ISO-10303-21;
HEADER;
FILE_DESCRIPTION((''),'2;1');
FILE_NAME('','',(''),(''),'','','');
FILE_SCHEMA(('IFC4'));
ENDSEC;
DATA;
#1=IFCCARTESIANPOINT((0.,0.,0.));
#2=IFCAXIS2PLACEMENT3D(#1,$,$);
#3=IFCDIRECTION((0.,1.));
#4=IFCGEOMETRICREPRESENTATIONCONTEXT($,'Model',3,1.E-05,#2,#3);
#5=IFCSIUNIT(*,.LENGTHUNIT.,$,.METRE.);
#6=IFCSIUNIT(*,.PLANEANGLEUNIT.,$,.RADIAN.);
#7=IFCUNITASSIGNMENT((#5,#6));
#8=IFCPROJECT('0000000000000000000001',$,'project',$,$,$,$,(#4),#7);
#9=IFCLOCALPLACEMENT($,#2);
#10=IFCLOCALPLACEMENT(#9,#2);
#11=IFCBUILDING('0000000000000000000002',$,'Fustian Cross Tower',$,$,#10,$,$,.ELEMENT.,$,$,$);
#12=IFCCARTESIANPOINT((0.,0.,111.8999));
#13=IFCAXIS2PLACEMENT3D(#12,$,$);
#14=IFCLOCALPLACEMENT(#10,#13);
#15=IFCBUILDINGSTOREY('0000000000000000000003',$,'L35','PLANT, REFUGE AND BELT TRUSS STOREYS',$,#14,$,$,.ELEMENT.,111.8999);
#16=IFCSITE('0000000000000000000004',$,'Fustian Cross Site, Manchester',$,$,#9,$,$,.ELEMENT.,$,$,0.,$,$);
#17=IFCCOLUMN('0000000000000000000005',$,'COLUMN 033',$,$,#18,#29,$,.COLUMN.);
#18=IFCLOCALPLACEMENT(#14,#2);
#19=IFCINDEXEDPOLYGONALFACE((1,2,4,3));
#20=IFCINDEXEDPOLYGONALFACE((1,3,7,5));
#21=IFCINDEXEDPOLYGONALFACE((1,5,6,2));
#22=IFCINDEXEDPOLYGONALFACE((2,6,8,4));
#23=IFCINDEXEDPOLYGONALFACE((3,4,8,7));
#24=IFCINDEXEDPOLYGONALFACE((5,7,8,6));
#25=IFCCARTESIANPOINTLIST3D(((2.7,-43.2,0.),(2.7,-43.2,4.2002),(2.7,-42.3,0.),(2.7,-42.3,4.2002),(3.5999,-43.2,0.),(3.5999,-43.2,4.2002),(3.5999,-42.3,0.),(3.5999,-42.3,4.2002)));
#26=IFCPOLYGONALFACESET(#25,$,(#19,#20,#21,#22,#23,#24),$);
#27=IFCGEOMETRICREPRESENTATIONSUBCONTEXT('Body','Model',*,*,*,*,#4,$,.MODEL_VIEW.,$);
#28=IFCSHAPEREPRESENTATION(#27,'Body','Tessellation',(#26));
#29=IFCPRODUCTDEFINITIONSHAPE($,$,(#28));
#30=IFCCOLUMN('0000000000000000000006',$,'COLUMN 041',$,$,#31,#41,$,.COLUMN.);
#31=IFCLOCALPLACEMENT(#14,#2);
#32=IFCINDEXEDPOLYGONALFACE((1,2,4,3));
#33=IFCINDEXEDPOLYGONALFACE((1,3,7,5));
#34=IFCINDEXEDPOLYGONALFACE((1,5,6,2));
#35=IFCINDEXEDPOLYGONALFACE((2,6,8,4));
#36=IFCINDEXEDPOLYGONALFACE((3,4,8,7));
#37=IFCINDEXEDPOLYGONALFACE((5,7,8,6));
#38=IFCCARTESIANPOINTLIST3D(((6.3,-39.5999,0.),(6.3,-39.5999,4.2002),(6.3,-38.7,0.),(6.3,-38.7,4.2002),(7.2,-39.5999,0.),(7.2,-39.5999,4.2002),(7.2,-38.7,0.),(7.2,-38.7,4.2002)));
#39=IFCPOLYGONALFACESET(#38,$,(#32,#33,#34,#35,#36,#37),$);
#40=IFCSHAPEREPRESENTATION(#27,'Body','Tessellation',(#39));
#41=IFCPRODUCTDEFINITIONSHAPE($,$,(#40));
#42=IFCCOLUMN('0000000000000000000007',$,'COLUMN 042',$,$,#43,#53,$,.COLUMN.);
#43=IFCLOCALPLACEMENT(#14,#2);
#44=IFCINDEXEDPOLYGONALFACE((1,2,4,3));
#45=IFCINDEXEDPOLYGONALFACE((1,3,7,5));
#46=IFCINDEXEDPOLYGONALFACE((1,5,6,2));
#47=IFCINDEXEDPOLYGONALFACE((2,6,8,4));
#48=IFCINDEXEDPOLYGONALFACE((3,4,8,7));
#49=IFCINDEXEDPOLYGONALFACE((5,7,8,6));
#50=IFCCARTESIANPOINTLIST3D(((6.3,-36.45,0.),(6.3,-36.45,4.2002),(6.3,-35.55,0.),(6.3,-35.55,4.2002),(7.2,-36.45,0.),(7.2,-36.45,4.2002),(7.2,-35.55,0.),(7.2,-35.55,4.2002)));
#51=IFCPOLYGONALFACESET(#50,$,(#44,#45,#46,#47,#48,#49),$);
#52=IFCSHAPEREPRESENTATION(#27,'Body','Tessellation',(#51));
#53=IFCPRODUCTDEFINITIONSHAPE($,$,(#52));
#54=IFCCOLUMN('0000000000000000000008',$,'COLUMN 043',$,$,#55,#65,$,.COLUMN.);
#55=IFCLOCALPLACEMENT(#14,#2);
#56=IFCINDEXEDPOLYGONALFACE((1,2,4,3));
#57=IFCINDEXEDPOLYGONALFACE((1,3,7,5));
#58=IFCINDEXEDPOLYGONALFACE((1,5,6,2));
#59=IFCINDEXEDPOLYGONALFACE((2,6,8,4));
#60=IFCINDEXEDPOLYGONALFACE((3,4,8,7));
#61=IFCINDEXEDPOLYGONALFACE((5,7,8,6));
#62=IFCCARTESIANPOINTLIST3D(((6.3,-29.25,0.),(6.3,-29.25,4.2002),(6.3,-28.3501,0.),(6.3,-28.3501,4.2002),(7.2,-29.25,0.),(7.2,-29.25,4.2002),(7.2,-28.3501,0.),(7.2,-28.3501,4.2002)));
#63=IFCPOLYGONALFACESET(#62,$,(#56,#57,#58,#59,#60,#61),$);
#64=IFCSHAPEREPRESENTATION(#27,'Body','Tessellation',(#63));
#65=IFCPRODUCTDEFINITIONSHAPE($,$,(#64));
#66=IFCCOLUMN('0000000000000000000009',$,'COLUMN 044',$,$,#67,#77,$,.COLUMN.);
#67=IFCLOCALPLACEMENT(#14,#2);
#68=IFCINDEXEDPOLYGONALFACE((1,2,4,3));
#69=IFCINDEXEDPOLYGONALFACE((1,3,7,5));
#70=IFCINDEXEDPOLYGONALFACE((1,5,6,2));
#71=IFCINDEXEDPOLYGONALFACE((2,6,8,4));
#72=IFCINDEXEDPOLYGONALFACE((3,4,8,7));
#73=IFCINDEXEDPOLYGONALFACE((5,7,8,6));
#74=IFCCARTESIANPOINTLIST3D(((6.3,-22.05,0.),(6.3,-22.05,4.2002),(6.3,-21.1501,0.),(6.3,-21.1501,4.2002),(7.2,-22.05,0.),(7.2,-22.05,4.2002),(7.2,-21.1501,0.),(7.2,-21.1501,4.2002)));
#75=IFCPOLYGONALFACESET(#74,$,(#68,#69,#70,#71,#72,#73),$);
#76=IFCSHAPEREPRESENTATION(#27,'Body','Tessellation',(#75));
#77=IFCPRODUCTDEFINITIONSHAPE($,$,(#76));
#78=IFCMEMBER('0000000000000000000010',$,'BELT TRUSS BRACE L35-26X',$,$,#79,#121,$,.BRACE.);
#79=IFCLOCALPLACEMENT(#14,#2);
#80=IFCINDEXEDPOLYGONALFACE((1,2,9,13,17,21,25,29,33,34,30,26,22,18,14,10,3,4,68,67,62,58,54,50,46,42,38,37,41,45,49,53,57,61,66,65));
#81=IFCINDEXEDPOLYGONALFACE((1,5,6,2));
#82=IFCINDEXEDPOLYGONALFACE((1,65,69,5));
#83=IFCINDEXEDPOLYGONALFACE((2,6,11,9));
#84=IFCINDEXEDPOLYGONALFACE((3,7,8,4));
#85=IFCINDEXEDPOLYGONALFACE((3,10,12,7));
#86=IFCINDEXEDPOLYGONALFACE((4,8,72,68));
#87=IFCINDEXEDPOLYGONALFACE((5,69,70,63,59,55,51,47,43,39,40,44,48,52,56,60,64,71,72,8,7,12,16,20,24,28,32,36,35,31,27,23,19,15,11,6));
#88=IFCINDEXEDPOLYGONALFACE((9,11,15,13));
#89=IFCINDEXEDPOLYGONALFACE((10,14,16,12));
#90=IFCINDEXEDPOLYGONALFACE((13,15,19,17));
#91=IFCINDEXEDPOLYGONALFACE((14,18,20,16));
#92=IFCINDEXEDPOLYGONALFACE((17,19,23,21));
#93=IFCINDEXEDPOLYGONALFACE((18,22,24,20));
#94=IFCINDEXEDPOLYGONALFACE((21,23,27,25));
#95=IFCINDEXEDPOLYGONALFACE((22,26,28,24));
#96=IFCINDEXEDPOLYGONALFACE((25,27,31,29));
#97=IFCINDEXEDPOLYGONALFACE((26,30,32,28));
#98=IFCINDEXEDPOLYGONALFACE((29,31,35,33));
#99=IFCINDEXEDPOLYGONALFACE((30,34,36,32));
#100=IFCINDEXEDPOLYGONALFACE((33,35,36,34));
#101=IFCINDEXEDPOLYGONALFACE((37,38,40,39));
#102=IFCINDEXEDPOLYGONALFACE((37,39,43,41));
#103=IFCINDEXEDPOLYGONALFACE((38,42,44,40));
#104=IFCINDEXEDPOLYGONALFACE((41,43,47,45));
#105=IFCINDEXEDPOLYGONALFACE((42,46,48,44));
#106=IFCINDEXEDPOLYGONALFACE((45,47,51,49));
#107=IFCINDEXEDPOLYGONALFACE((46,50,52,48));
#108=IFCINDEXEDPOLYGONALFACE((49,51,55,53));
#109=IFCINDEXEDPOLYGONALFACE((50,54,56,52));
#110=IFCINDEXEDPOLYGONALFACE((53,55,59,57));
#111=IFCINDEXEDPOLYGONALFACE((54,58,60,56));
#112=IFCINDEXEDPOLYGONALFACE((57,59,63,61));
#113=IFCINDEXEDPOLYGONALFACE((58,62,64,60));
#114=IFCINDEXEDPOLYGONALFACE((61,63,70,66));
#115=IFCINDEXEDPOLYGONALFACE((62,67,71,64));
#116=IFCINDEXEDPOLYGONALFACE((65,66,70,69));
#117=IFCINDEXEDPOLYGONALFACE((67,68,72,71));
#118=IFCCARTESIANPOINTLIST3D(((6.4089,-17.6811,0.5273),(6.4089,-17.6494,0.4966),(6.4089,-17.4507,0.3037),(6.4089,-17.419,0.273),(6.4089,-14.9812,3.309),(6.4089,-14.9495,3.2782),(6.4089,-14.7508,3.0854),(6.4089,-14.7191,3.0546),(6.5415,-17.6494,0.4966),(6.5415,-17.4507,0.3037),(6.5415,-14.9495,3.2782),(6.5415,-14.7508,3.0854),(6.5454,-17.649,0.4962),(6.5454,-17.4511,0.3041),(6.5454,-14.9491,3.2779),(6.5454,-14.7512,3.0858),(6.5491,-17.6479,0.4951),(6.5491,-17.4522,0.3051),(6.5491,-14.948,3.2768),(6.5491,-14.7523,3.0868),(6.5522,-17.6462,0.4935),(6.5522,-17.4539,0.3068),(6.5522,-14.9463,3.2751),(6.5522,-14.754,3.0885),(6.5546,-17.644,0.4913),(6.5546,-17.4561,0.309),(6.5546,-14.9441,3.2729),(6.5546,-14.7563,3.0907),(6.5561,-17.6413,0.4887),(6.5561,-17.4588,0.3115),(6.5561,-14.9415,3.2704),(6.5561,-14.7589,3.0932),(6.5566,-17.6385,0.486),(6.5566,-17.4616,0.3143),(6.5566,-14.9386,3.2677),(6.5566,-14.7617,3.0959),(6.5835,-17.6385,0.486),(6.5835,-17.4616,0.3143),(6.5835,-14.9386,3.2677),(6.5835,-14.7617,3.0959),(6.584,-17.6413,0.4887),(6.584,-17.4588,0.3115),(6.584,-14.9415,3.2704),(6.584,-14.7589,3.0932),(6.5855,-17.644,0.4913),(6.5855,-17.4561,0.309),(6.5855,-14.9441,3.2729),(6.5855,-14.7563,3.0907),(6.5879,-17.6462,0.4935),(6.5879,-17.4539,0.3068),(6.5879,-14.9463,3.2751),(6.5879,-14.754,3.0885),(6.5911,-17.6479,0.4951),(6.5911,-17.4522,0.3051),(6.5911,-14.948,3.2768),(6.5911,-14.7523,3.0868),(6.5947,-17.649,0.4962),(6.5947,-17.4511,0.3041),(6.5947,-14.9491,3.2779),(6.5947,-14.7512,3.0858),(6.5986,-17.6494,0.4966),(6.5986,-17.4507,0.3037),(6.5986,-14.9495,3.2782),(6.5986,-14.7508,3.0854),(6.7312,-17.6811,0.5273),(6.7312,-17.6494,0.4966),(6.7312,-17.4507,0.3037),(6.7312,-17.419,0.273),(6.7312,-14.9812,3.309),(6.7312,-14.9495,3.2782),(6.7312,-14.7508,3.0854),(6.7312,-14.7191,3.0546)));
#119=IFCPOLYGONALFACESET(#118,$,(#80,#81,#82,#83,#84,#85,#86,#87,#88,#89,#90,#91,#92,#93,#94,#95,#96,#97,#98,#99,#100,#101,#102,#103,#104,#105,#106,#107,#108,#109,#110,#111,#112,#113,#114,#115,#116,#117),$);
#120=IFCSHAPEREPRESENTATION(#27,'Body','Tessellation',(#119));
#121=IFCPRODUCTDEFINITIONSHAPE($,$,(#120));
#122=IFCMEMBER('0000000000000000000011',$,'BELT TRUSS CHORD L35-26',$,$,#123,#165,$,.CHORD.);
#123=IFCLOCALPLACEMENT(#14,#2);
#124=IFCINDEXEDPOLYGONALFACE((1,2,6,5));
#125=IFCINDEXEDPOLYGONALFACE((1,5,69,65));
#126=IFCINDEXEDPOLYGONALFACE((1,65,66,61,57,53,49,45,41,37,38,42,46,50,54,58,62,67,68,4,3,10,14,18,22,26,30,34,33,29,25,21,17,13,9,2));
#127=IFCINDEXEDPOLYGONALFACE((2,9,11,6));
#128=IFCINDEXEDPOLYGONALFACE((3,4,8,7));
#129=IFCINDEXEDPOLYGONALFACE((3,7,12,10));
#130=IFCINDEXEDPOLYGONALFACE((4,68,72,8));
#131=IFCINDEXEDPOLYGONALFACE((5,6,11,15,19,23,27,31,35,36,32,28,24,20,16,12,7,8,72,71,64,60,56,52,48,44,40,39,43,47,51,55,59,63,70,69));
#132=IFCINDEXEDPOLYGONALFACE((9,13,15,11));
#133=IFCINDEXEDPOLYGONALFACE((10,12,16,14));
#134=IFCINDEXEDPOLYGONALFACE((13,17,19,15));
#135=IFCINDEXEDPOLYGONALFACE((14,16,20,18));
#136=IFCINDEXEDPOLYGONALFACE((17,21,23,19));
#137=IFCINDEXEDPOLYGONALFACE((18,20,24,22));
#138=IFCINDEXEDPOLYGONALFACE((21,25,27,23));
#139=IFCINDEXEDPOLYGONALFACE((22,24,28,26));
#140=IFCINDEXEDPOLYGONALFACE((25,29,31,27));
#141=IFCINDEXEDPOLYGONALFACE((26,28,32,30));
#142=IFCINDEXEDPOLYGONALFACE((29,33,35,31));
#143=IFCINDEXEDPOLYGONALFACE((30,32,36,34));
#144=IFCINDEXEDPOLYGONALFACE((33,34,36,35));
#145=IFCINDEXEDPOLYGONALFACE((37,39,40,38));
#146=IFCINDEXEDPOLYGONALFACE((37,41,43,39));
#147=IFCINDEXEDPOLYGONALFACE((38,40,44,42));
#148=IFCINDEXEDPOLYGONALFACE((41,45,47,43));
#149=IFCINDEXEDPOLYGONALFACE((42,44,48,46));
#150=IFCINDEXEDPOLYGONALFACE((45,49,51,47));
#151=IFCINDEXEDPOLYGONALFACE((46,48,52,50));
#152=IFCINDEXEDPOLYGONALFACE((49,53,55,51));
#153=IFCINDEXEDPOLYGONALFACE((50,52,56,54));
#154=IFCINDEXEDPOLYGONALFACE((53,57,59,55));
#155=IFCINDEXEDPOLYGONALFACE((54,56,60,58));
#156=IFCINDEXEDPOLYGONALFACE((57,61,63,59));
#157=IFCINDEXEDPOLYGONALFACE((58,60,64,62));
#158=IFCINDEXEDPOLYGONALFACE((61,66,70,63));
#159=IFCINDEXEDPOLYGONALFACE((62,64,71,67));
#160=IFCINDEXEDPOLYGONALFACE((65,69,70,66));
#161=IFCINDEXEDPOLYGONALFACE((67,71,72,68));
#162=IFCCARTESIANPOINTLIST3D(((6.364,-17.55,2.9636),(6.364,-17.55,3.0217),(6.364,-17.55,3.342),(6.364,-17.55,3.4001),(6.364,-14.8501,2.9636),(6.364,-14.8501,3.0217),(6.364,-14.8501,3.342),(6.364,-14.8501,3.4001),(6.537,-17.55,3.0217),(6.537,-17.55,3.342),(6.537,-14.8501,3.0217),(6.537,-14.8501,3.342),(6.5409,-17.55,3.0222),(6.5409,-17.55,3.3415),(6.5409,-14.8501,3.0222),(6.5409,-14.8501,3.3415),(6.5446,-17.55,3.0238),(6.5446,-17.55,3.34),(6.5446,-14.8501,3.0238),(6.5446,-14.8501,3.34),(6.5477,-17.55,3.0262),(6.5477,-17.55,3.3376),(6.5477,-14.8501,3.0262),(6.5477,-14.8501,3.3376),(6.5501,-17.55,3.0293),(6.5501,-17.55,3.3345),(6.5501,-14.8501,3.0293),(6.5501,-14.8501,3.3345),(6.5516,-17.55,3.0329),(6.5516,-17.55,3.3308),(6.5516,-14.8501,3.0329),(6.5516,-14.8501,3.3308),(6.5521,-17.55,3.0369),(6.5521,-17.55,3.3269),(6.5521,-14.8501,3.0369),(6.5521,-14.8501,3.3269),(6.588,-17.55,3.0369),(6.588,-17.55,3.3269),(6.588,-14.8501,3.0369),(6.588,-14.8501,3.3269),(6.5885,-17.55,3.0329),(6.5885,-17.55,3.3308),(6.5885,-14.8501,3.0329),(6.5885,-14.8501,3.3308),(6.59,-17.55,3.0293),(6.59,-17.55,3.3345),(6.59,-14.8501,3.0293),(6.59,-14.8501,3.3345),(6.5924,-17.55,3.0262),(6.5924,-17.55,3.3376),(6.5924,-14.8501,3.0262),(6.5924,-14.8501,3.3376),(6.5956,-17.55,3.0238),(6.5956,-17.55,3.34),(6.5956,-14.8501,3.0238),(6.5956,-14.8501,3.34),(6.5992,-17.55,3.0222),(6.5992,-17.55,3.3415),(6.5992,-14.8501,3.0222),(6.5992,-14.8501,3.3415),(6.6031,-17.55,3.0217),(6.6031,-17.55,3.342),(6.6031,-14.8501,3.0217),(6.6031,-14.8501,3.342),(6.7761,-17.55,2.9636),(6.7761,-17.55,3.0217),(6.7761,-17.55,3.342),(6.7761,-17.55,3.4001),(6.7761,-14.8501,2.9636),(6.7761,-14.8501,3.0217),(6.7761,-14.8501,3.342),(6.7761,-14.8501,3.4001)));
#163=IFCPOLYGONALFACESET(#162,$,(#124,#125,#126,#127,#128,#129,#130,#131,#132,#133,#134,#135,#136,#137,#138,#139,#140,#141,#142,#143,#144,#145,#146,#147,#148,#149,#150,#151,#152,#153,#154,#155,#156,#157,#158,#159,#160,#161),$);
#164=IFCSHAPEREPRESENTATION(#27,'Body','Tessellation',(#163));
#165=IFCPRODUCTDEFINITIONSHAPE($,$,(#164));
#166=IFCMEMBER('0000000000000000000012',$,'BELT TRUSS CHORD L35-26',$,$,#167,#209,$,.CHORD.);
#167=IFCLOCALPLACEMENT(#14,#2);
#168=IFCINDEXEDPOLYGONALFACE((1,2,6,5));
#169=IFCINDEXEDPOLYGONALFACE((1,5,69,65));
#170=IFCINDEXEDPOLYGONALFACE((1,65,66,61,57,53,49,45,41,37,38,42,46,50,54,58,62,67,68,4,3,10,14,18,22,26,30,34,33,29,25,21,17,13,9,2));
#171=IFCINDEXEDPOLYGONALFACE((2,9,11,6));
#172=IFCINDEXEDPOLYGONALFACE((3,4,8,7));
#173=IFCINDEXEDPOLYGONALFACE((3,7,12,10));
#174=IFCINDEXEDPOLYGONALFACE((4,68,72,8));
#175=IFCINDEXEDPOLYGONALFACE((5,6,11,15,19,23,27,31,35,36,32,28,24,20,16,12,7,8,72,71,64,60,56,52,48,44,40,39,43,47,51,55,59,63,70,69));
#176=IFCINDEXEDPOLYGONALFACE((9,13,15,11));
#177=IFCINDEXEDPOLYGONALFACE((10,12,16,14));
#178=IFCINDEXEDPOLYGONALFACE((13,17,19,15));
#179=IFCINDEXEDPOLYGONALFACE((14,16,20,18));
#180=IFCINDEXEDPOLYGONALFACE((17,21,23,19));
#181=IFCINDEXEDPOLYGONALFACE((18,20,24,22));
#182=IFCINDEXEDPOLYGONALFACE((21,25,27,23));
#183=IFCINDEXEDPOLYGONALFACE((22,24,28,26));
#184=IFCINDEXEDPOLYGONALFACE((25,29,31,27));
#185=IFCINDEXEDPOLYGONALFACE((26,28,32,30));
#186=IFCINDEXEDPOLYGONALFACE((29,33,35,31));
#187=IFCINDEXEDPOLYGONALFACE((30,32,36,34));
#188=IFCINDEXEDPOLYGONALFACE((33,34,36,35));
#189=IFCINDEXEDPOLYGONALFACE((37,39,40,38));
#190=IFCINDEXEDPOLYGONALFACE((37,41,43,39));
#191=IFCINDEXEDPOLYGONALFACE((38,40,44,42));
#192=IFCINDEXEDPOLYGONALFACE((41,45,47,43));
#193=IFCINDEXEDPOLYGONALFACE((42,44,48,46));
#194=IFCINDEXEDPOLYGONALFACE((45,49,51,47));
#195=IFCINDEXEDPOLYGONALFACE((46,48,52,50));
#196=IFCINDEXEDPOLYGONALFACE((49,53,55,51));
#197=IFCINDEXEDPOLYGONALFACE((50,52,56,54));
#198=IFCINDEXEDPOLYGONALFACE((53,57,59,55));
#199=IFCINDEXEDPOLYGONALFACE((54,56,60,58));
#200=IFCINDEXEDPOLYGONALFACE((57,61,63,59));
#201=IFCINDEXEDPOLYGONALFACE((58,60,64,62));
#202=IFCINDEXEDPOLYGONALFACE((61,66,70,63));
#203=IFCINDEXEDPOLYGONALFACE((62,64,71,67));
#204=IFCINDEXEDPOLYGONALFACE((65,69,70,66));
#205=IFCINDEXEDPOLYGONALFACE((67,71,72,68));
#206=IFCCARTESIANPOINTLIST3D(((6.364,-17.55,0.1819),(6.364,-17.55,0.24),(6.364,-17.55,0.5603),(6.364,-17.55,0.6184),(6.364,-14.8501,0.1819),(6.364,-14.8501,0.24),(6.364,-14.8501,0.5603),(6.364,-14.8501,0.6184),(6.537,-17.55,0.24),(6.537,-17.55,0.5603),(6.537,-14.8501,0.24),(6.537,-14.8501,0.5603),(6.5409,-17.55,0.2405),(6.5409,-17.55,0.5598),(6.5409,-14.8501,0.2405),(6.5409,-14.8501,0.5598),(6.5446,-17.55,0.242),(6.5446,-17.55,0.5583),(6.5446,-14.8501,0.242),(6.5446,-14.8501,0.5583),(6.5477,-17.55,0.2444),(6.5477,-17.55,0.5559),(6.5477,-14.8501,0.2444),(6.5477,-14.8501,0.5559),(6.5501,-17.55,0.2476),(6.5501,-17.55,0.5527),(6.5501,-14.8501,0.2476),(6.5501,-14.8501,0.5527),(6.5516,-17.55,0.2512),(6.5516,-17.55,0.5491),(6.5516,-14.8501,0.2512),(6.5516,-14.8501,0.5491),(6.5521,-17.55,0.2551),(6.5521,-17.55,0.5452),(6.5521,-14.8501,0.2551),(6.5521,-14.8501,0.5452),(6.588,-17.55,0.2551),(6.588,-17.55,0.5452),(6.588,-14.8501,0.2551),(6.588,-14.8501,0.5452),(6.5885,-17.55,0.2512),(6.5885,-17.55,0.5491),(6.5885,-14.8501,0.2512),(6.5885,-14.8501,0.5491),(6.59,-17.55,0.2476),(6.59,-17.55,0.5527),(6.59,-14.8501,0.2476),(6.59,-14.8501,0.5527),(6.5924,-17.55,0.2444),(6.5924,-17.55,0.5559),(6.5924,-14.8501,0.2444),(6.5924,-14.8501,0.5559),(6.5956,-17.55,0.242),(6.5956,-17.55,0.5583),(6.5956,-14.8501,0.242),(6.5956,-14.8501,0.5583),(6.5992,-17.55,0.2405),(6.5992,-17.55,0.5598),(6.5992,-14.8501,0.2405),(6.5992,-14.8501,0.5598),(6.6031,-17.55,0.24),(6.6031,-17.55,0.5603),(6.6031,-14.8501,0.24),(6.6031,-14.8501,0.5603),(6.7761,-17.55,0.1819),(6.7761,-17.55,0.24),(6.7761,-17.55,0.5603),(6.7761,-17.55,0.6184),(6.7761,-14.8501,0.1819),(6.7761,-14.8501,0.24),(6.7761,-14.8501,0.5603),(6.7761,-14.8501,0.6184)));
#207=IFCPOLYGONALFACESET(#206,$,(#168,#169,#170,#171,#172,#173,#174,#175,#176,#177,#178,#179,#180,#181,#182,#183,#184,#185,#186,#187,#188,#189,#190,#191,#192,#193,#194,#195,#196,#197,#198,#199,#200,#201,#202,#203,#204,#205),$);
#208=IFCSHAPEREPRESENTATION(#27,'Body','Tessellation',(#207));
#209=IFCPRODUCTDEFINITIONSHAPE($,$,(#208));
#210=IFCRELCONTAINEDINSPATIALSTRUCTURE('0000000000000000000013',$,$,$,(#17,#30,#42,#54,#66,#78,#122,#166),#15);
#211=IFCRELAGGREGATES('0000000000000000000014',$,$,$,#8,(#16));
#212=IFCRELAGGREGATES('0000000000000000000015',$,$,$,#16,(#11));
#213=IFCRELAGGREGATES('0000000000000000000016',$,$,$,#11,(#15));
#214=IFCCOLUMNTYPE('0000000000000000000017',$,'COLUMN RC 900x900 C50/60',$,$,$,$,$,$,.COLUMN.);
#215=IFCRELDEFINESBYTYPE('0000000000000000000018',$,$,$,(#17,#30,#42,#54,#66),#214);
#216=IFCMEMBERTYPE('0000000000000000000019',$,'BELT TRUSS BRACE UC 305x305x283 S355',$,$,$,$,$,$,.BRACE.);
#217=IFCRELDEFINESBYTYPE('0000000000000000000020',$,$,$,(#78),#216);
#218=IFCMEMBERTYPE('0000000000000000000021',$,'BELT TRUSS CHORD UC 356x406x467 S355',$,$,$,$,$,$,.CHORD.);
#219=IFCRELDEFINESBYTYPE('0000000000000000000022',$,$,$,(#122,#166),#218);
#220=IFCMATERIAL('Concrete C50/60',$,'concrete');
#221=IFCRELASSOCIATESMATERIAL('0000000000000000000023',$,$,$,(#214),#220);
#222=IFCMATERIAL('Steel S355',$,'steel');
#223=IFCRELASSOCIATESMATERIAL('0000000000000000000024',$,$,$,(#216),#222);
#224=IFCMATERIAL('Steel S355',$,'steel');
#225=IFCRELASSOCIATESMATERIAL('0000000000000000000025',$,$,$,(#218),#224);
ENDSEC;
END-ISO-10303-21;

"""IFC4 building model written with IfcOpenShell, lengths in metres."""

from ifc_helpers import new_model, si_unit, direction, frame, origin, origin_2d, place, context, subcontext, project, spatial, rectangle, i_section, extrude, material, material_profile, profile_set, type_object, element, save


model = new_model("IFC4")

# Units and contexts
model_context = context("Model", 3, precision=1e-05, world=origin(), true_north=direction((0.0, 1.0)))
body_context = subcontext(model_context, "Body", "Model", "MODEL_VIEW")
ifc_project = project(units=[si_unit("LENGTHUNIT", "METRE"), si_unit("PLANEANGLEUNIT", "RADIAN")], contexts=[model_context])

# Site, building, storey
site_placement = place(None, origin())
site = spatial("IfcSite", under=ifc_project, at=site_placement, Name="Fustian Cross Site, Manchester", CompositionType="ELEMENT", RefElevation=0.0)
building_placement = place(site_placement, origin())
building = spatial("IfcBuilding", under=site, at=building_placement, Name="Fustian Cross Tower", CompositionType="ELEMENT")
storey_placement = place(building_placement, frame((0.0, 0.0, 111.8999)))
storey = spatial("IfcBuildingStorey", under=building, at=storey_placement, Name="L35", Description="PLANT, REFUGE AND BELT TRUSS STOREYS", CompositionType="ELEMENT", Elevation=111.8999)

# Columns
ifc_material_1 = material(Name="Concrete C50/60", Category="concrete")
ifc_material_profile_1 = material_profile(ifc_material_1, rectangle(XDim=0.8999, YDim=0.8999, at=origin_2d()), Name="RC 900x900")
ifc_profile_set_1 = profile_set([ifc_material_profile_1], Name="Concrete C50/60")
column_type = type_object("IfcColumnType", Name="COLUMN RC 900x900 C50/60", PredefinedType="COLUMN", material=ifc_profile_set_1)
for number, where, z_axis, x_axis, name in (
    (1, (3.1499, -42.75, 0.0), (0.0, 0.0, 1.0), (1.0, 0.0, 0.0), "COLUMN 033"),
    (2, (6.75, -39.1499, 0.0), (0.0, 0.0, 1.0), (1.0, 0.0, 0.0), "COLUMN 041"),
    (3, (6.75, -36.0, 0.0), (0.0, 0.0, 1.0), (1.0, 0.0, 0.0), "COLUMN 042"),
    (4, (6.75, -28.8, 0.0), (0.0, 0.0, 1.0), (1.0, 0.0, 0.0), "COLUMN 043"),
    (5, (6.75, -21.6001, 0.0), (0.0, 0.0, 1.0), (1.0, 0.0, 0.0), "COLUMN 044"),
):
    element("IfcColumn", number, at=place(storey_placement, frame(where, z_axis=z_axis, x_axis=x_axis)), inside=storey, type_object=column_type, Name=name, PredefinedType="COLUMN", context=body_context, shape_type="SweptSolid", body=[
        extrude(rectangle(XDim=0.8999, YDim=0.8999, at=origin_2d()), origin(), (0.0, 0.0, 1.0), 4.2002),
    ])

# Members
ifc_material_2 = material(Name="Steel S355", Category="steel")
ifc_material_profile_2 = material_profile(ifc_material_2, i_section(OverallWidth=0.3223, OverallDepth=0.3652, WebThickness=0.0269, FlangeThickness=0.0442, FilletRadius=0.0151, at=origin_2d()), Name="UC 305x305x283")
ifc_profile_set_2 = profile_set([ifc_material_profile_2], Name="Steel S355")
member_type_1 = type_object("IfcMemberType", Name="BELT TRUSS BRACE UC 305x305x283 S355", PredefinedType="BRACE", material=ifc_profile_set_2)
member_placement = place(storey_placement, frame((6.5701, -17.55, 0.4001), z_axis=(0.0, 0.696479, 0.717577), x_axis=(-1.0, 0.0, 0.0)))
element("IfcMember", 6, at=member_placement, inside=storey, type_object=member_type_1, Name="BELT TRUSS BRACE L35-26X", PredefinedType="BRACE", context=body_context, shape_type="SweptSolid", body=[
    extrude(i_section(OverallWidth=0.3223, OverallDepth=0.3652, WebThickness=0.0269, FlangeThickness=0.0442, FilletRadius=0.0151, at=origin_2d()), origin(), (0.0, 0.0, 1.0), 3.8765),
])
ifc_material_3 = material(Name="Steel S355", Category="steel")
ifc_material_profile_3 = material_profile(ifc_material_3, i_section(OverallWidth=0.4121, OverallDepth=0.4365, WebThickness=0.0359, FlangeThickness=0.0581, FilletRadius=0.0151, at=origin_2d()), Name="UC 356x406x467")
ifc_profile_set_3 = profile_set([ifc_material_profile_3], Name="Steel S355")
member_type_2 = type_object("IfcMemberType", Name="BELT TRUSS CHORD UC 356x406x467 S355", PredefinedType="CHORD", material=ifc_profile_set_3)
for number, where, z_axis, x_axis, name in (
    (7, (6.5701, -17.55, 3.1819), (0.0, 1.0, 0.0), (-1.0, 0.0, 0.0), "BELT TRUSS CHORD L35-26"),
    (8, (6.5701, -17.55, 0.4001), (0.0, 1.0, 0.0), (-1.0, 0.0, 0.0), "BELT TRUSS CHORD L35-26"),
):
    element("IfcMember", number, at=place(storey_placement, frame(where, z_axis=z_axis, x_axis=x_axis)), inside=storey, type_object=member_type_2, Name=name, PredefinedType="CHORD", context=body_context, shape_type="SweptSolid", body=[
        extrude(i_section(OverallWidth=0.4121, OverallDepth=0.4365, WebThickness=0.0359, FlangeThickness=0.0581, FilletRadius=0.0151, at=origin_2d()), origin(), (0.0, 0.0, 1.0), 2.7),
    ])

save(model, "model.ifc")
